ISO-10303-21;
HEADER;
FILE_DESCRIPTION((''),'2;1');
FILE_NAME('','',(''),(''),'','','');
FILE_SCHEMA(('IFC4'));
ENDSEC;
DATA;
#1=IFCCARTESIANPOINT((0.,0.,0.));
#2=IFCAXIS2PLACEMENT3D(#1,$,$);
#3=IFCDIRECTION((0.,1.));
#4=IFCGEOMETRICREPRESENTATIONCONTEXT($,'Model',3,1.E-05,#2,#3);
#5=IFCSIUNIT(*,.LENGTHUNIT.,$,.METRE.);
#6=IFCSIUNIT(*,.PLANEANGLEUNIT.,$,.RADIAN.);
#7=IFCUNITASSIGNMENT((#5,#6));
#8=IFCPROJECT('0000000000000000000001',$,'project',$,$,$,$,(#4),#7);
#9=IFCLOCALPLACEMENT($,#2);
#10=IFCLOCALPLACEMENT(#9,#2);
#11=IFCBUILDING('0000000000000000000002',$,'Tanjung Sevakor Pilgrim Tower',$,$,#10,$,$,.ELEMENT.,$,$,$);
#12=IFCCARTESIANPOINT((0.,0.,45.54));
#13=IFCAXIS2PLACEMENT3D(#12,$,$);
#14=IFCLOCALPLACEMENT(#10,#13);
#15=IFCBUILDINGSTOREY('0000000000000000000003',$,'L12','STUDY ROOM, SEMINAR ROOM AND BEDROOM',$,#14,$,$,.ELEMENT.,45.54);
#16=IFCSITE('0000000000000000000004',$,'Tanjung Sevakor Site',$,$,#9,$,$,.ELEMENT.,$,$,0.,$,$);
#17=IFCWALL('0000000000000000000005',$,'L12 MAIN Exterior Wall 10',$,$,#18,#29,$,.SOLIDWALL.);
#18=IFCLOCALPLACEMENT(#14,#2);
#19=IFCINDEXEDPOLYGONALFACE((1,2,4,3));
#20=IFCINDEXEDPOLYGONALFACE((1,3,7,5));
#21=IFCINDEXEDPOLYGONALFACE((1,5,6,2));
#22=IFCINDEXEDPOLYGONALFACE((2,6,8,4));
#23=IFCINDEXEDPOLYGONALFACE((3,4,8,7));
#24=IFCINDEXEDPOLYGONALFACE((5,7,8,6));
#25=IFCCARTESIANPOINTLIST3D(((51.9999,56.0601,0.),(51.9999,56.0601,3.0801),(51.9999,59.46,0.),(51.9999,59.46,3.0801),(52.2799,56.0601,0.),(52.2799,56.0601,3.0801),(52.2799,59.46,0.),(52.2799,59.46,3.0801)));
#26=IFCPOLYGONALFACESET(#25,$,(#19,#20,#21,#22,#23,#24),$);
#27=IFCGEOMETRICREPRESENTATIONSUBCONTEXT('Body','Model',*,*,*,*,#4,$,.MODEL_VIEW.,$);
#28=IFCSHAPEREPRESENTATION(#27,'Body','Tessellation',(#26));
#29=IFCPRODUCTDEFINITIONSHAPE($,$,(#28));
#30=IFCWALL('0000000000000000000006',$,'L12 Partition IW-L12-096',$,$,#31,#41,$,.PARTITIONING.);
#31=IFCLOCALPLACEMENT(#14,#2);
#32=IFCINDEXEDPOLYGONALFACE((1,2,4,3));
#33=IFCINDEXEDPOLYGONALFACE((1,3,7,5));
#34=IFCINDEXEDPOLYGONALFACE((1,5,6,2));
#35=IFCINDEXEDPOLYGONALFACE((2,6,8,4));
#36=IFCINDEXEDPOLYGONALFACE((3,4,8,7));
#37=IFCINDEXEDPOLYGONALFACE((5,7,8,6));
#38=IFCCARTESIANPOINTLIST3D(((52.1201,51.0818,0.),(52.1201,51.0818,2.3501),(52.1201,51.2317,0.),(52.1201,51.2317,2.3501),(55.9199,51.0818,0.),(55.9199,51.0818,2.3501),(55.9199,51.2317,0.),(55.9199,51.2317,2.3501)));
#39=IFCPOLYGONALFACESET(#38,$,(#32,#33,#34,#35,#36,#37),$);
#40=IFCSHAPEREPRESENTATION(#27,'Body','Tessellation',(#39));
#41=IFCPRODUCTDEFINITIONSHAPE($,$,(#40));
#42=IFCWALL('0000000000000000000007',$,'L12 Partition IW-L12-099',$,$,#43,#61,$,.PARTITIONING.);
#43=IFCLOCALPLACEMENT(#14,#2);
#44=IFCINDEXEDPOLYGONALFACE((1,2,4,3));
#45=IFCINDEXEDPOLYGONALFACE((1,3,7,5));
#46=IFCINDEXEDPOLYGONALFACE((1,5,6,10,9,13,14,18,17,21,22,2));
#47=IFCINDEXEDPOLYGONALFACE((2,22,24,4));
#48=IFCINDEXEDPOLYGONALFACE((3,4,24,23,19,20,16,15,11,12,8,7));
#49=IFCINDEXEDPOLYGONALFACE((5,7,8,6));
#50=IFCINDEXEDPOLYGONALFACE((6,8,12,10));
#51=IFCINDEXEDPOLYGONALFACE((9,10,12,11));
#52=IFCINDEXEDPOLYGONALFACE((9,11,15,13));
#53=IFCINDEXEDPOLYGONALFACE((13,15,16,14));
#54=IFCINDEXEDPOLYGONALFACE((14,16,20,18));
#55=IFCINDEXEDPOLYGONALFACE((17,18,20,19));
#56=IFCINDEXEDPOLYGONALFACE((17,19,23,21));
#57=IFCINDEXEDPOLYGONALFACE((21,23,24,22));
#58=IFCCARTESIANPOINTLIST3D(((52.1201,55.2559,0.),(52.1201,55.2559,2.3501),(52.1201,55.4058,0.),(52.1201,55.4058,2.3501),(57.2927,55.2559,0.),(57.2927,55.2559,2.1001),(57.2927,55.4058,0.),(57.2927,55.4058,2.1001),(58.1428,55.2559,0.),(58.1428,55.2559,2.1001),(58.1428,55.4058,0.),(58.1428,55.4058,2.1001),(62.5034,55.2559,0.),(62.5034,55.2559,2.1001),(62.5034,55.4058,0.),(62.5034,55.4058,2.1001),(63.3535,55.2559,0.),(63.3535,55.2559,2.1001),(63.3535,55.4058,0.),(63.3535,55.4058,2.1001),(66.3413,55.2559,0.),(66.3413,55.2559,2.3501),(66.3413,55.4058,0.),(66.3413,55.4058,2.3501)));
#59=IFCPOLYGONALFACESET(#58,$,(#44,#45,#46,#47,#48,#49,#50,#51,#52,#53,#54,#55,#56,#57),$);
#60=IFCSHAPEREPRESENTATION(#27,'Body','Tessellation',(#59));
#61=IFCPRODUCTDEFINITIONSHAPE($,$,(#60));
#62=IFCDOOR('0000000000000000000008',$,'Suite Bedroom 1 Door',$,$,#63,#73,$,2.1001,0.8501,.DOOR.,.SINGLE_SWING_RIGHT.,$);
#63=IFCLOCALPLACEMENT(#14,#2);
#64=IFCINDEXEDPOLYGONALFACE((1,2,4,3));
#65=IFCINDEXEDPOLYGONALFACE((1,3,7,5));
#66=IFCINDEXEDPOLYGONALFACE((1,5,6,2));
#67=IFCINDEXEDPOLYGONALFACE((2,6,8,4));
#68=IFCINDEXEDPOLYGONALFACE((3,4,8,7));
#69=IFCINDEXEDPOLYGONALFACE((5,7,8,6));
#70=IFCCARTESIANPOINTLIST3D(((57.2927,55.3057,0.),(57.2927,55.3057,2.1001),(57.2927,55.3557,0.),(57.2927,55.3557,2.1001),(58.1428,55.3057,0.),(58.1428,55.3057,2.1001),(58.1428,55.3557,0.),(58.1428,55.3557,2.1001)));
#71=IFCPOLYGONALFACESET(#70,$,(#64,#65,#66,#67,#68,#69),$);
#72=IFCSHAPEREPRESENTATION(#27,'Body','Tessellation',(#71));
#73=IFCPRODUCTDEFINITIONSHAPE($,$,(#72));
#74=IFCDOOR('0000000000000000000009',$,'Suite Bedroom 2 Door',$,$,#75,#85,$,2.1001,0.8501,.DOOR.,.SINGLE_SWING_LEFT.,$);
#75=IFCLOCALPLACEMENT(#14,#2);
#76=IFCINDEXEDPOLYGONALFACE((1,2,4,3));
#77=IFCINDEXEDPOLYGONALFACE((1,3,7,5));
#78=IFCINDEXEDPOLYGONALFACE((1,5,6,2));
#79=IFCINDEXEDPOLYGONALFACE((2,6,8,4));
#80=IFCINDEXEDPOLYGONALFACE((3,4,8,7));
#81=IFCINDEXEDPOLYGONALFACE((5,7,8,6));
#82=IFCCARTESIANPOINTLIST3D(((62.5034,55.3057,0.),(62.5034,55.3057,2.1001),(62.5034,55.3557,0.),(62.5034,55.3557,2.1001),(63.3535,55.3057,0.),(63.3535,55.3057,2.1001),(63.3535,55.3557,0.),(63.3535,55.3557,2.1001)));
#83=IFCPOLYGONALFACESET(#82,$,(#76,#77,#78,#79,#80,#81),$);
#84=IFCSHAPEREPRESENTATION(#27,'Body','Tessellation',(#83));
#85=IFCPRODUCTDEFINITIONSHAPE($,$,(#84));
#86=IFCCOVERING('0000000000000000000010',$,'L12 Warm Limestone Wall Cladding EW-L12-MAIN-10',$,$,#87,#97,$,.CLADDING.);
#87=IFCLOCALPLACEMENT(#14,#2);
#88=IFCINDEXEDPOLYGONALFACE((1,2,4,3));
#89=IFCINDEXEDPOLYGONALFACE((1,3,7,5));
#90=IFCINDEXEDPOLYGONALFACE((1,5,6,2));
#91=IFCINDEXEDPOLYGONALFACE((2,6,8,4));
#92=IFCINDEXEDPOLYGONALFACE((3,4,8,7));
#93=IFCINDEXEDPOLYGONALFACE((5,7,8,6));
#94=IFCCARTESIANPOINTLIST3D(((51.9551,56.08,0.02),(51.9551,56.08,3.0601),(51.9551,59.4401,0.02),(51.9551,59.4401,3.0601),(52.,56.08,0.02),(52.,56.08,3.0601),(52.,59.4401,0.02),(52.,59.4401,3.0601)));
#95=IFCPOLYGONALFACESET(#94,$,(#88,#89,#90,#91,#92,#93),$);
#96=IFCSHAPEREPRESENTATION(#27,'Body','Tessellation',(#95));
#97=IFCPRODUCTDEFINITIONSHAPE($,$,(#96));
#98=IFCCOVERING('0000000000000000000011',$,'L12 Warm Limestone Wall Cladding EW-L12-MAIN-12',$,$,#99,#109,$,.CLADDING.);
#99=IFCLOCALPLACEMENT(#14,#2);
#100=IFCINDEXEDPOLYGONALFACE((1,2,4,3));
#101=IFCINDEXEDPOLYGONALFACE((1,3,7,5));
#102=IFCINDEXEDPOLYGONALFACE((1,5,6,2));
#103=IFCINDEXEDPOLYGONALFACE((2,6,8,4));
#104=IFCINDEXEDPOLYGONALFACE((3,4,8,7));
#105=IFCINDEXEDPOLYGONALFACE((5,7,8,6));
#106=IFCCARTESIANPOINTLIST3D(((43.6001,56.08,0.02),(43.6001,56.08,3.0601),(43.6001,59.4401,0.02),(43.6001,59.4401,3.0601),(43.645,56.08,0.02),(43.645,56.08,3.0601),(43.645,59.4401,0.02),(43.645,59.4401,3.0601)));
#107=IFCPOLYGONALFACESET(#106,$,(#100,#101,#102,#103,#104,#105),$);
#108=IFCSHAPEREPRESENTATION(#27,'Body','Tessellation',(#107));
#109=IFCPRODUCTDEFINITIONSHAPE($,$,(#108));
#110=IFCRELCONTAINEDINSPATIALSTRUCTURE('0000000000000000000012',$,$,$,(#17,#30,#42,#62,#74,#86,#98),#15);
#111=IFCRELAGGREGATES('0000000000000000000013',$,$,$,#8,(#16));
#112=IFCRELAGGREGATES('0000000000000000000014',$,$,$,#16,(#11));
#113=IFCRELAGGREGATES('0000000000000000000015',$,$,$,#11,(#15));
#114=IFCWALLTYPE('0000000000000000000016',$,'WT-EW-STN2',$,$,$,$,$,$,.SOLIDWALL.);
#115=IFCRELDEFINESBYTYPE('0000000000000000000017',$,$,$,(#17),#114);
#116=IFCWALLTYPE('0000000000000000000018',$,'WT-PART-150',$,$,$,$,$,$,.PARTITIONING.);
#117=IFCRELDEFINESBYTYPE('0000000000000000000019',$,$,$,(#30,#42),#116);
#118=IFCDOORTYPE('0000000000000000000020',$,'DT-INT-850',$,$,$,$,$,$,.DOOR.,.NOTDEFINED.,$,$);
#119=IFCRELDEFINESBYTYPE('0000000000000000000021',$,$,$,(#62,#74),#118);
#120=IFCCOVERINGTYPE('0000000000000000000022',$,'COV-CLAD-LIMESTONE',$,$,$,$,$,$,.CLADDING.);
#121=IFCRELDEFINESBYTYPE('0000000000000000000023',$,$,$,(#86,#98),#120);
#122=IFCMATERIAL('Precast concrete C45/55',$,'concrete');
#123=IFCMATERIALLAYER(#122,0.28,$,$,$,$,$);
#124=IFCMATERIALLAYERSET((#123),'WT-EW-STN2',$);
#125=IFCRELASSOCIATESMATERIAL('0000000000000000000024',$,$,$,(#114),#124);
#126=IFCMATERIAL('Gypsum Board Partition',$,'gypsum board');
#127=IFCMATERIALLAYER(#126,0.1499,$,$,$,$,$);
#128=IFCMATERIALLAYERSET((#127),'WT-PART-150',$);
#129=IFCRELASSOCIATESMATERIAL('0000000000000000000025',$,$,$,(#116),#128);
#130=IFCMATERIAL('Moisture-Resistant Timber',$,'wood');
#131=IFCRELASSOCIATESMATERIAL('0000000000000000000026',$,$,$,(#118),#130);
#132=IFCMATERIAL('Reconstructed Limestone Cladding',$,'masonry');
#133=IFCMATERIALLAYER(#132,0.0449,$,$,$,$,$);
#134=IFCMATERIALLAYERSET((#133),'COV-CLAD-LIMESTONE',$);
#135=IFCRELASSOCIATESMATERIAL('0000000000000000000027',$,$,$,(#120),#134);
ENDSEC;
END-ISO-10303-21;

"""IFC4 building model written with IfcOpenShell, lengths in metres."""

from ifc_helpers import new_model, si_unit, direction, frame, frame_2d, origin, origin_2d, place, context, subcontext, project, spatial, rectangle, extrude, material, layer, layer_set, type_object, element, fill, save


model = new_model("IFC4")

# Units and contexts
model_context = context("Model", 3, precision=1e-05, world=origin(), true_north=direction((0.0, 1.0)))
body_context = subcontext(model_context, "Body", "Model", "MODEL_VIEW")
ifc_project = project(units=[si_unit("LENGTHUNIT", "METRE"), si_unit("PLANEANGLEUNIT", "RADIAN")], contexts=[model_context])

# Site, building, storey
site_placement = place(None, origin())
site = spatial("IfcSite", under=ifc_project, at=site_placement, Name="Tanjung Sevakor Site", CompositionType="ELEMENT", RefElevation=0.0)
building_placement = place(site_placement, origin())
building = spatial("IfcBuilding", under=site, at=building_placement, Name="Tanjung Sevakor Pilgrim Tower", CompositionType="ELEMENT")
storey_placement = place(building_placement, frame((0.0, 0.0, 45.54)))
storey = spatial("IfcBuildingStorey", under=building, at=storey_placement, Name="L12", Description="STUDY ROOM, SEMINAR ROOM AND BEDROOM", CompositionType="ELEMENT", Elevation=45.54)

# Walls
ifc_material_1 = material(Name="Precast concrete C45/55", Category="concrete")
ifc_layer_1 = layer(ifc_material_1, 0.28)
ifc_layer_set_1 = layer_set([ifc_layer_1], Name="WT-EW-STN2")
wall_type_1 = type_object("IfcWallType", Name="WT-EW-STN2", PredefinedType="SOLIDWALL", material=ifc_layer_set_1)
wall_1_placement = place(storey_placement, frame((52.1399, 59.46, 0.0), z_axis=(0.0, 0.0, 1.0), x_axis=(0.0, -1.0, 0.0)))
element("IfcWall", 1, at=wall_1_placement, inside=storey, type_object=wall_type_1, Name="L12 MAIN Exterior Wall 10", PredefinedType="SOLIDWALL", context=body_context, shape_type="SweptSolid", body=[
    extrude(rectangle(XDim=3.3999, YDim=0.28, at=frame_2d((1.7, 0.0))), origin(), (0.0, 0.0, 1.0), 3.0801),
])
ifc_material_2 = material(Name="Gypsum Board Partition", Category="gypsum board")
ifc_layer_2 = layer(ifc_material_2, 0.1499)
ifc_layer_set_2 = layer_set([ifc_layer_2], Name="WT-PART-150")
wall_type_2 = type_object("IfcWallType", Name="WT-PART-150", PredefinedType="PARTITIONING", material=ifc_layer_set_2)
wall_2_placement = place(storey_placement, frame((52.1201, 51.1567, 0.0), z_axis=(0.0, 0.0, 1.0), x_axis=(1.0, 0.0, 0.0)))
element("IfcWall", 2, at=wall_2_placement, inside=storey, type_object=wall_type_2, Name="L12 Partition IW-L12-096", PredefinedType="PARTITIONING", context=body_context, shape_type="SweptSolid", body=[
    extrude(rectangle(XDim=3.7998, YDim=0.1499, at=frame_2d((1.8999, 0.0))), origin(), (0.0, 0.0, 1.0), 2.3501),
])

# Wall, openings, doors
wall_3_placement = place(storey_placement, frame((52.1201, 55.3308, 0.0), z_axis=(0.0, 0.0, 1.0), x_axis=(1.0, 0.0, 0.0)))
wall_3 = element("IfcWall", 3, at=wall_3_placement, inside=storey, type_object=wall_type_2, Name="L12 Partition IW-L12-099", PredefinedType="PARTITIONING", context=body_context, shape_type="SweptSolid", body=[
    extrude(rectangle(XDim=14.2212, YDim=0.1499, at=frame_2d((7.1106, 0.0))), origin(), (0.0, 0.0, 1.0), 2.3501),
])
opening_1_placement = place(wall_3_placement, frame((5.1726, 0.0, 0.0)))
opening_1 = element("IfcOpeningElement", 4, at=opening_1_placement, cuts=wall_3, PredefinedType="OPENING", context=body_context, shape_type="SweptSolid", body=[
    extrude(rectangle(XDim=0.8501, YDim=2.1001, at=frame_2d((0.425, 1.05))), frame((0.0, 0.085, 0.0), z_axis=(0.0, -1.0, 0.0), x_axis=(1.0, 0.0, 0.0)), (0.0, 0.0, 1.0), 0.1699),
])
opening_2_placement = place(wall_3_placement, frame((10.3833, 0.0, 0.0)))
opening_2 = element("IfcOpeningElement", 5, at=opening_2_placement, cuts=wall_3, PredefinedType="OPENING", context=body_context, shape_type="SweptSolid", body=[
    extrude(rectangle(XDim=0.8501, YDim=2.1001, at=frame_2d((0.425, 1.05))), frame((0.0, 0.085, 0.0), z_axis=(0.0, -1.0, 0.0), x_axis=(1.0, 0.0, 0.0)), (0.0, 0.0, 1.0), 0.1699),
])
ifc_material_3 = material(Name="Moisture-Resistant Timber", Category="wood")
door_type_1 = type_object("IfcDoorType", Name="DT-INT-850", OperationType="NOTDEFINED", PredefinedType="DOOR", material=ifc_material_3)
door_1_placement = place(opening_1_placement, origin())
door_1 = element("IfcDoor", 6, at=door_1_placement, inside=storey, type_object=door_type_1, Name="Suite Bedroom 1 Door", OperationType="SINGLE_SWING_RIGHT", OverallHeight=2.1001, OverallWidth=0.8501, PredefinedType="DOOR", context=body_context, shape_type="SweptSolid", body=[
    extrude(rectangle(XDim=0.8501, YDim=2.1001, at=frame_2d((0.425, 1.05))), frame((0.0, 0.0249, 0.0), z_axis=(0.0, -1.0, 0.0), x_axis=(1.0, 0.0, 0.0)), (0.0, 0.0, 1.0), 0.05),
])
fill(opening_1, door_1)
door_2_placement = place(opening_2_placement, origin())
door_2 = element("IfcDoor", 7, at=door_2_placement, inside=storey, type_object=door_type_1, Name="Suite Bedroom 2 Door", OperationType="SINGLE_SWING_LEFT", OverallHeight=2.1001, OverallWidth=0.8501, PredefinedType="DOOR", context=body_context, shape_type="SweptSolid", body=[
    extrude(rectangle(XDim=0.8501, YDim=2.1001, at=frame_2d((0.425, 1.05))), frame((0.0, 0.0249, 0.0), z_axis=(0.0, -1.0, 0.0), x_axis=(1.0, 0.0, 0.0)), (0.0, 0.0, 1.0), 0.05),
])
fill(opening_2, door_2)

# Coverings
ifc_material_4 = material(Name="Reconstructed Limestone Cladding", Category="masonry")
ifc_layer_3 = layer(ifc_material_4, 0.0449)
ifc_layer_set_3 = layer_set([ifc_layer_3], Name="COV-CLAD-LIMESTONE")
covering_type = type_object("IfcCoveringType", Name="COV-CLAD-LIMESTONE", PredefinedType="CLADDING", material=ifc_layer_set_3)
for number, where, z_axis, x_axis, name in (
    (8, (51.9775, 57.76, 0.02), (0.0, 0.0, 1.0), (0.0, -1.0, 0.0), "L12 Warm Limestone Wall Cladding EW-L12-MAIN-10"),
    (9, (43.6226, 57.76, 0.02), (0.0, 0.0, 1.0), (0.0, 1.0, 0.0), "L12 Warm Limestone Wall Cladding EW-L12-MAIN-12"),
):
    element("IfcCovering", number, at=place(storey_placement, frame(where, z_axis=z_axis, x_axis=x_axis)), inside=storey, type_object=covering_type, Name=name, PredefinedType="CLADDING", context=body_context, shape_type="SweptSolid", body=[
        extrude(rectangle(XDim=3.3601, YDim=0.0449, at=origin_2d()), origin(), (0.0, 0.0, 1.0), 3.04),
    ])

save(model, "model.ifc")
